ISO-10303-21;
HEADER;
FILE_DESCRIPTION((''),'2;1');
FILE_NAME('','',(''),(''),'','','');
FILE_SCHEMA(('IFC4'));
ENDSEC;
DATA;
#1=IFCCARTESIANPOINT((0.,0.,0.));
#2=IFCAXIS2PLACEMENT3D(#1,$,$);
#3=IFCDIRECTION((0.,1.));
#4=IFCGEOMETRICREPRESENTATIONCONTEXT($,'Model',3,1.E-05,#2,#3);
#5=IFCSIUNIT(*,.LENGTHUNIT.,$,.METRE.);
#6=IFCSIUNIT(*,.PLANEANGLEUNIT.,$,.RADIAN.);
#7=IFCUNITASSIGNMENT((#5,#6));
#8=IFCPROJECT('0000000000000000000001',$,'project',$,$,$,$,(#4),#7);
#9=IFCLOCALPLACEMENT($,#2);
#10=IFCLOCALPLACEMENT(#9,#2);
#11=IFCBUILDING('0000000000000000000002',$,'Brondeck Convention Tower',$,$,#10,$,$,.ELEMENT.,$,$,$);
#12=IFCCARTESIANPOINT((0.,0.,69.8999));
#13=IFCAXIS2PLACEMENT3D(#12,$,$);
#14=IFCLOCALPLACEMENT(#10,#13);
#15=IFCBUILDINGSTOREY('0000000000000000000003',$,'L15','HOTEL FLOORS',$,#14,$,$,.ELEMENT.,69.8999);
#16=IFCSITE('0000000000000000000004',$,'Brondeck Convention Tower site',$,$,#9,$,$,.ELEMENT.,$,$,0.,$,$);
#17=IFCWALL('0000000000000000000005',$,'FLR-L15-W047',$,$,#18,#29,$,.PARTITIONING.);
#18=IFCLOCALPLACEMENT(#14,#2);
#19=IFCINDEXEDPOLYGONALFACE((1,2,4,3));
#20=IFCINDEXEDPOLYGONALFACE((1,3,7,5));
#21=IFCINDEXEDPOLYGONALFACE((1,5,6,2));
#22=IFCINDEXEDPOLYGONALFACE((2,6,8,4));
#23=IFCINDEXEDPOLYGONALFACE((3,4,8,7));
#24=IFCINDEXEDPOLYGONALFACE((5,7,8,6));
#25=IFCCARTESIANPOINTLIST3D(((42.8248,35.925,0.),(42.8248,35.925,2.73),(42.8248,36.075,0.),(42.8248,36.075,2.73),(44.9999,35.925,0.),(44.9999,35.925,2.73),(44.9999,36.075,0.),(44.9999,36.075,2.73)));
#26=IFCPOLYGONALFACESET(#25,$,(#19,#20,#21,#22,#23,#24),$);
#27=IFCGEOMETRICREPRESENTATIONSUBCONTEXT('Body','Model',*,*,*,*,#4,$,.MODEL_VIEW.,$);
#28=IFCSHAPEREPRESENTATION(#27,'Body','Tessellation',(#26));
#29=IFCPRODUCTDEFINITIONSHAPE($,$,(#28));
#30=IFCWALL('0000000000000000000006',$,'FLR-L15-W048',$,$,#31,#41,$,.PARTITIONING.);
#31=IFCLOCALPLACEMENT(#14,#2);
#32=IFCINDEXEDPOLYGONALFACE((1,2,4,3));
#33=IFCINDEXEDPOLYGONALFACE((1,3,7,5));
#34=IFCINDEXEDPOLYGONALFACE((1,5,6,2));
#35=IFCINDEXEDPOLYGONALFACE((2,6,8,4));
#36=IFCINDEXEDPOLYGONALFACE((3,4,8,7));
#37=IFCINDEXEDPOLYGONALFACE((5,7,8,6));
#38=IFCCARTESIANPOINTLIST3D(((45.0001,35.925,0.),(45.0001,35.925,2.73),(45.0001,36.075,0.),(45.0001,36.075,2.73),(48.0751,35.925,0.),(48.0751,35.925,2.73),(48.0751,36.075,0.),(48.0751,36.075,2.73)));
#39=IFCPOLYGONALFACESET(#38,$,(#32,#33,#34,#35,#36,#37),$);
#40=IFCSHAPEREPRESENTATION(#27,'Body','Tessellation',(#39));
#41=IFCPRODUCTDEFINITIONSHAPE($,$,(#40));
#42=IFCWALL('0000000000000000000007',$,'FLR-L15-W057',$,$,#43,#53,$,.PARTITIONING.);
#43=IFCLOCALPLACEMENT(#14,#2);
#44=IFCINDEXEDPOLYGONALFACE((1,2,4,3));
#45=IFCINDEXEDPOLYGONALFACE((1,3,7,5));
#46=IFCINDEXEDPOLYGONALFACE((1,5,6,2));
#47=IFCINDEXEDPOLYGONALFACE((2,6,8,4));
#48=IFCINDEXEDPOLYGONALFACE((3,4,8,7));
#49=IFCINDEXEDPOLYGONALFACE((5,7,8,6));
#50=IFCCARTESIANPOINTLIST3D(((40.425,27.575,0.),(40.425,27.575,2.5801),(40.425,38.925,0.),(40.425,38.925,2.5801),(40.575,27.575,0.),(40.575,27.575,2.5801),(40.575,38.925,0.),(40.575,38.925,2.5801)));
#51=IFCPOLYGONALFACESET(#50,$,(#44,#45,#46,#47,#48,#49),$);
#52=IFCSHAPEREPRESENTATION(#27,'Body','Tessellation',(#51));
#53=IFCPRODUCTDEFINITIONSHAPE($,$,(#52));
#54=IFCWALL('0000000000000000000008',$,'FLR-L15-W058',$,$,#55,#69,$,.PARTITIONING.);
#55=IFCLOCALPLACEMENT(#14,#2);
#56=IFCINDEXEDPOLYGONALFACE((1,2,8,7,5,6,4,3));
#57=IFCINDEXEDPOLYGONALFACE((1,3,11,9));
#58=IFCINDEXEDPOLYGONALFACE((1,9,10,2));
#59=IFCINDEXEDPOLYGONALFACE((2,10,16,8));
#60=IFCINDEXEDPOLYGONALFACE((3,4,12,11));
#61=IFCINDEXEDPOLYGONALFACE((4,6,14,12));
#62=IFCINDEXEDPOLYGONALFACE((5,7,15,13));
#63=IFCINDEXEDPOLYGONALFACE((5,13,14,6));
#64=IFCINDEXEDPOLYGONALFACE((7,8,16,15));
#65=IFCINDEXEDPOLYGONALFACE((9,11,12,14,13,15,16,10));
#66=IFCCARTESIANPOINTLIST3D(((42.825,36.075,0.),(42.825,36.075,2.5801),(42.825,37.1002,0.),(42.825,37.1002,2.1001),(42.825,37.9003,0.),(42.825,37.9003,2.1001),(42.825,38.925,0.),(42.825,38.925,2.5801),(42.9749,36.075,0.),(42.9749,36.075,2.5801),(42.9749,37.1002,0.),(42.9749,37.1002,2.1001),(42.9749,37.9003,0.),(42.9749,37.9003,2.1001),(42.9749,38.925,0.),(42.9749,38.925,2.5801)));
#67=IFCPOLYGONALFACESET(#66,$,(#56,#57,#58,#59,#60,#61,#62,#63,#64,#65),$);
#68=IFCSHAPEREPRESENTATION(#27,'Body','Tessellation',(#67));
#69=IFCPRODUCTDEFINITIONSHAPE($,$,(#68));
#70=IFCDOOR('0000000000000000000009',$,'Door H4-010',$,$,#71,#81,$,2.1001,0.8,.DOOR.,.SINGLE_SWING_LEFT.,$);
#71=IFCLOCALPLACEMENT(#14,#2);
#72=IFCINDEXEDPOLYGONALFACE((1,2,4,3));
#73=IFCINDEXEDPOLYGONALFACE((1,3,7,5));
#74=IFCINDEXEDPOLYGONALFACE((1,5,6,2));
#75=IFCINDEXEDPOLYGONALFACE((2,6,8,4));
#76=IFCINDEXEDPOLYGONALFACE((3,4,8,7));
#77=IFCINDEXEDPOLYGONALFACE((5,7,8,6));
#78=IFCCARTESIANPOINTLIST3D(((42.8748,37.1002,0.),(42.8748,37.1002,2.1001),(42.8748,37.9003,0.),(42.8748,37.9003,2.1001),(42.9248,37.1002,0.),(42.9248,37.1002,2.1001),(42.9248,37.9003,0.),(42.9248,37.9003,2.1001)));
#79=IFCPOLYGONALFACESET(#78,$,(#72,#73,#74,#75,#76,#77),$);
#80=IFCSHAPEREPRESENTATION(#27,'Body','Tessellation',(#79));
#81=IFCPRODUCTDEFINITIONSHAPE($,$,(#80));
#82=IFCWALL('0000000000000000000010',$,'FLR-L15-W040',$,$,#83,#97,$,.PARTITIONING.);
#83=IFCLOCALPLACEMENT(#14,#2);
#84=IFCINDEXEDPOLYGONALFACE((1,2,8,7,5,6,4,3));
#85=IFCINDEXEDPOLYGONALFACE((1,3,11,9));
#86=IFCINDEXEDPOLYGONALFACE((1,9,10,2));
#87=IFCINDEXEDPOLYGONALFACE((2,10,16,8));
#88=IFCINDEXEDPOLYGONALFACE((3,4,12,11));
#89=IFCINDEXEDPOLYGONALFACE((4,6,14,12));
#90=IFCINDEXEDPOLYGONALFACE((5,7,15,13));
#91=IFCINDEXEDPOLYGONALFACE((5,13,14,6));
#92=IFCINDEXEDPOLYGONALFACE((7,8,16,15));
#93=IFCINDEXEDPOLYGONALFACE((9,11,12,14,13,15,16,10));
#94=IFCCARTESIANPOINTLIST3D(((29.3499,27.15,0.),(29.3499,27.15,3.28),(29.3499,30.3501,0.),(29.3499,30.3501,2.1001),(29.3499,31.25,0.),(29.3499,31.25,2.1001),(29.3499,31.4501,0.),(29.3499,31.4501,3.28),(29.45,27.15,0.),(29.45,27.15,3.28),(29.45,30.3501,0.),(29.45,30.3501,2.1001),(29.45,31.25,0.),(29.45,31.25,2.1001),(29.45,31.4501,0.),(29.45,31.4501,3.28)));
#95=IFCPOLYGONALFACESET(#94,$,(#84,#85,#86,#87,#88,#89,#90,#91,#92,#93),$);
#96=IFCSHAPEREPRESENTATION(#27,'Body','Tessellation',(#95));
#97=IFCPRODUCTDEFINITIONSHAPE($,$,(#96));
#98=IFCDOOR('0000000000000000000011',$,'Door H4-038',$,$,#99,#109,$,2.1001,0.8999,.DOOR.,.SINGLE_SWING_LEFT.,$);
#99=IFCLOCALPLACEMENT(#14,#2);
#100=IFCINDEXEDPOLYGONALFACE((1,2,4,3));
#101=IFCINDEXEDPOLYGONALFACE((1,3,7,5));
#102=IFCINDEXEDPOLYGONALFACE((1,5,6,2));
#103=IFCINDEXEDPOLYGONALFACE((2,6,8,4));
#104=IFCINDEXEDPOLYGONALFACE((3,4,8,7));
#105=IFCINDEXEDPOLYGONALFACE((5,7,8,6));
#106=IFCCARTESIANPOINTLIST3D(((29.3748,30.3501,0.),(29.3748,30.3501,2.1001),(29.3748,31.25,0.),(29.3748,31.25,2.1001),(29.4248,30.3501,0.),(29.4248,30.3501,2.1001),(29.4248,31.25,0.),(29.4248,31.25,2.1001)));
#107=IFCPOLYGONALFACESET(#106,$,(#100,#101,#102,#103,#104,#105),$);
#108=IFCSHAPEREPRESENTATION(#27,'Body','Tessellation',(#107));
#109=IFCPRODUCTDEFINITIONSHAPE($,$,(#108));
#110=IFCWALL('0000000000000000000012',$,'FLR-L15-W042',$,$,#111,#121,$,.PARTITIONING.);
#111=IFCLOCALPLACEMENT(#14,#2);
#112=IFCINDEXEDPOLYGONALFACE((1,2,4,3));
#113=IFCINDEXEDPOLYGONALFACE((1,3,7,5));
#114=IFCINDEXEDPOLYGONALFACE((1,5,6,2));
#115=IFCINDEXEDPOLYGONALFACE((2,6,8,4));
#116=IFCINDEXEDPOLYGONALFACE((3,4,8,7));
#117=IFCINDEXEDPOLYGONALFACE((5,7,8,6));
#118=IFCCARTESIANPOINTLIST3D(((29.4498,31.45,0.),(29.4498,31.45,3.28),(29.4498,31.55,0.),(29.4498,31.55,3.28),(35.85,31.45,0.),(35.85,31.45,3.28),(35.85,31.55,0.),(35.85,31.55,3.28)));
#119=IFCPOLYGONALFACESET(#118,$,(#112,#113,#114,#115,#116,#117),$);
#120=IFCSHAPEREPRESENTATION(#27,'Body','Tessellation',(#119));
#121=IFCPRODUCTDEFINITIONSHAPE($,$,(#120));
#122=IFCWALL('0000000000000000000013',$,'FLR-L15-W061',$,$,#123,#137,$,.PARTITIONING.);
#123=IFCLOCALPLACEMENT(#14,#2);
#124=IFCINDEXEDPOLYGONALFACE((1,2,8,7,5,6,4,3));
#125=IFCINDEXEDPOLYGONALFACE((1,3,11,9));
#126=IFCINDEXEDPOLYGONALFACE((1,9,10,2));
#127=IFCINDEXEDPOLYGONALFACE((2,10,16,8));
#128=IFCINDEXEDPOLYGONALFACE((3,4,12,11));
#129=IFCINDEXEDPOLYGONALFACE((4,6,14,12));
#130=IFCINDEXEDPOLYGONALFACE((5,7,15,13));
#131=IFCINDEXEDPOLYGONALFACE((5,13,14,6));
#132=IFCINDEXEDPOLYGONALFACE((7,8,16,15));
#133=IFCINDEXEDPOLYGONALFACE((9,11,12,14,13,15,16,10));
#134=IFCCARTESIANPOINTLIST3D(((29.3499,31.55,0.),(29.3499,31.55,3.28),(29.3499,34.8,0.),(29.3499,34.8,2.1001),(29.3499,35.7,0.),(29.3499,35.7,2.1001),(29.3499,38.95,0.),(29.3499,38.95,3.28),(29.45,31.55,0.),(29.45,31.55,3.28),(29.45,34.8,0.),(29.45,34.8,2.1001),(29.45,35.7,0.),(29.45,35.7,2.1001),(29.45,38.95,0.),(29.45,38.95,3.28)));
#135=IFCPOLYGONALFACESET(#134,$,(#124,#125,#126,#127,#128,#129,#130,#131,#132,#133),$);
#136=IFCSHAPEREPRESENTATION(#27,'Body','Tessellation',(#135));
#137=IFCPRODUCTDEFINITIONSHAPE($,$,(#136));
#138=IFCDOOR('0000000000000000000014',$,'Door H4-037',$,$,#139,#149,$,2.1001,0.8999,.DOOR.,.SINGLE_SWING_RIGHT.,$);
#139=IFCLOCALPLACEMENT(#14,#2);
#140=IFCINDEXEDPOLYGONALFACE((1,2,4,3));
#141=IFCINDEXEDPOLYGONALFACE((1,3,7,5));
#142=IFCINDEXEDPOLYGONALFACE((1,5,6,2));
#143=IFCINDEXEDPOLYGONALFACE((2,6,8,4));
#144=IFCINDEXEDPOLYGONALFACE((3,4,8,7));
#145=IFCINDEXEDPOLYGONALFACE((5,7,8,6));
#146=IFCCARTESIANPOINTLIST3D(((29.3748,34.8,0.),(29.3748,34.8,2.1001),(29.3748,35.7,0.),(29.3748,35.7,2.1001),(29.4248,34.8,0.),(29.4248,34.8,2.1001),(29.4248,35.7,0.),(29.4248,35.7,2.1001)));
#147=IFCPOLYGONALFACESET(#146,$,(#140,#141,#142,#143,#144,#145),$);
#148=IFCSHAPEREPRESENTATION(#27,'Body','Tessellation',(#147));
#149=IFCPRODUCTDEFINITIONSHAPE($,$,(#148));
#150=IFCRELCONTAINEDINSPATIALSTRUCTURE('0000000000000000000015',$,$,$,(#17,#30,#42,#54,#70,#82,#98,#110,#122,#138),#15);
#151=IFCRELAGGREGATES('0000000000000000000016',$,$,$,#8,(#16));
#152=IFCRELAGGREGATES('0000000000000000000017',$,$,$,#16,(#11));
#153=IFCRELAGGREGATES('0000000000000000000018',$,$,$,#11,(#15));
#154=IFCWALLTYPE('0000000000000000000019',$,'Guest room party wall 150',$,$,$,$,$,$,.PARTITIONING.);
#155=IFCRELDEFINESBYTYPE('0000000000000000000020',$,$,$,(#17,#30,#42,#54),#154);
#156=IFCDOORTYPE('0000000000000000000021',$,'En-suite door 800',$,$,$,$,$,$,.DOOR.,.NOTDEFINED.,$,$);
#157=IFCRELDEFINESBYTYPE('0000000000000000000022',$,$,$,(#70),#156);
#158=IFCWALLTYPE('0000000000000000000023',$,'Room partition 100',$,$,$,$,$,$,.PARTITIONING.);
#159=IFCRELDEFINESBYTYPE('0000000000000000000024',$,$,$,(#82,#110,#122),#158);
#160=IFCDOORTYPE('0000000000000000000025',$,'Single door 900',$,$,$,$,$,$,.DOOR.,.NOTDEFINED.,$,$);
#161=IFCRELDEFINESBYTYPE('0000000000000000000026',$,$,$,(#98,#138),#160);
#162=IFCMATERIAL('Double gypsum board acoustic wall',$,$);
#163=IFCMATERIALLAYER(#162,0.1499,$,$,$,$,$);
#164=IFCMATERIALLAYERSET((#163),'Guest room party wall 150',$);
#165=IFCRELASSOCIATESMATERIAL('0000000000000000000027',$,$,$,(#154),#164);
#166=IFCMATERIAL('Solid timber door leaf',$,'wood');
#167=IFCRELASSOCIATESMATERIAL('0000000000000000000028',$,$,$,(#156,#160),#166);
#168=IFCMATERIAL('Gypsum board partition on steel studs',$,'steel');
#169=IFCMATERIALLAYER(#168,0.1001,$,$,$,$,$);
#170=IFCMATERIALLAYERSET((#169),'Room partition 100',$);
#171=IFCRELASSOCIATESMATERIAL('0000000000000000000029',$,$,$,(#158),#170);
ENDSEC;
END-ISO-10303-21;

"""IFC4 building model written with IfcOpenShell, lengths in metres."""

from ifc_helpers import new_model, si_unit, direction, frame, frame_2d, origin, place, context, subcontext, project, spatial, rectangle, extrude, material, layer, layer_set, type_object, element, fill, save


model = new_model("IFC4")

# Units and contexts
model_context = context("Model", 3, precision=1e-05, world=origin(), true_north=direction((0.0, 1.0)))
body_context = subcontext(model_context, "Body", "Model", "MODEL_VIEW")
ifc_project = project(units=[si_unit("LENGTHUNIT", "METRE"), si_unit("PLANEANGLEUNIT", "RADIAN")], contexts=[model_context])

# Site, building, storey
site_placement = place(None, origin())
site = spatial("IfcSite", under=ifc_project, at=site_placement, Name="Brondeck Convention Tower site", CompositionType="ELEMENT", RefElevation=0.0)
building_placement = place(site_placement, origin())
building = spatial("IfcBuilding", under=site, at=building_placement, Name="Brondeck Convention Tower", CompositionType="ELEMENT")
storey_placement = place(building_placement, frame((0.0, 0.0, 69.8999)))
storey = spatial("IfcBuildingStorey", under=building, at=storey_placement, Name="L15", Description="HOTEL FLOORS", CompositionType="ELEMENT", Elevation=69.8999)

# Walls
ifc_material_1 = material(Name="Double gypsum board acoustic wall")
ifc_layer_1 = layer(ifc_material_1, 0.1499)
ifc_layer_set_1 = layer_set([ifc_layer_1], Name="Guest room party wall 150")
wall_type_1 = type_object("IfcWallType", Name="Guest room party wall 150", PredefinedType="PARTITIONING", material=ifc_layer_set_1)
wall_1_placement = place(storey_placement, frame((42.825, 36.0, 0.0), z_axis=(0.0, 0.0, 1.0), x_axis=(1.0, 0.0, 0.0)))
element("IfcWall", 1, at=wall_1_placement, inside=storey, type_object=wall_type_1, Name="FLR-L15-W047", PredefinedType="PARTITIONING", context=body_context, shape_type="SweptSolid", body=[
    extrude(rectangle(XDim=2.175, YDim=0.1499, at=frame_2d((1.0874, 0.0))), origin(), (0.0, 0.0, 1.0), 2.73),
])
wall_2_placement = place(storey_placement, frame((45.0, 36.0, 0.0), z_axis=(0.0, 0.0, 1.0), x_axis=(1.0, 0.0, 0.0)))
element("IfcWall", 2, at=wall_2_placement, inside=storey, type_object=wall_type_1, Name="FLR-L15-W048", PredefinedType="PARTITIONING", context=body_context, shape_type="SweptSolid", body=[
    extrude(rectangle(XDim=3.075, YDim=0.1499, at=frame_2d((1.5376, 0.0))), origin(), (0.0, 0.0, 1.0), 2.73),
])
wall_3_placement = place(storey_placement, frame((40.5, 38.925, 0.0), z_axis=(0.0, 0.0, 1.0), x_axis=(0.0, -1.0, 0.0)))
element("IfcWall", 3, at=wall_3_placement, inside=storey, type_object=wall_type_1, Name="FLR-L15-W057", PredefinedType="PARTITIONING", context=body_context, shape_type="SweptSolid", body=[
    extrude(rectangle(XDim=11.3501, YDim=0.1499, at=frame_2d((5.675, 0.0))), origin(), (0.0, 0.0, 1.0), 2.5801),
])

# Walls, openings, doors
wall_4_placement = place(storey_placement, frame((42.8999, 38.925, 0.0), z_axis=(0.0, 0.0, 1.0), x_axis=(0.0, -1.0, 0.0)))
wall_4 = element("IfcWall", 4, at=wall_4_placement, inside=storey, type_object=wall_type_1, Name="FLR-L15-W058", PredefinedType="PARTITIONING", context=body_context, shape_type="SweptSolid", body=[
    extrude(rectangle(XDim=2.8501, YDim=0.1499, at=frame_2d((1.425, 0.0))), origin(), (0.0, 0.0, 1.0), 2.5801),
])
opening_1_placement = place(wall_4_placement, frame((1.0249, 0.0, 0.0)))
opening_1 = element("IfcOpeningElement", 5, at=opening_1_placement, cuts=wall_4, PredefinedType="OPENING", context=body_context, shape_type="SweptSolid", body=[
    extrude(rectangle(XDim=0.8, YDim=2.1001, at=frame_2d((0.3999, 1.05))), frame((0.0, 0.085, 0.0), z_axis=(0.0, -1.0, 0.0), x_axis=(1.0, 0.0, 0.0)), (0.0, 0.0, 1.0), 0.1699),
])
ifc_material_2 = material(Name="Solid timber door leaf", Category="wood")
door_type_1 = type_object("IfcDoorType", Name="En-suite door 800", OperationType="NOTDEFINED", PredefinedType="DOOR", material=ifc_material_2)
door_1_placement = place(opening_1_placement, origin())
door_1 = element("IfcDoor", 6, at=door_1_placement, inside=storey, type_object=door_type_1, Name="Door H4-010", OperationType="SINGLE_SWING_LEFT", OverallHeight=2.1001, OverallWidth=0.8, PredefinedType="DOOR", context=body_context, shape_type="SweptSolid", body=[
    extrude(rectangle(XDim=0.8, YDim=2.1001, at=frame_2d((0.3999, 1.05))), frame((0.0, 0.0249, 0.0), z_axis=(0.0, -1.0, 0.0), x_axis=(1.0, 0.0, 0.0)), (0.0, 0.0, 1.0), 0.05),
])
fill(opening_1, door_1)
ifc_material_3 = material(Name="Gypsum board partition on steel studs", Category="steel")
ifc_layer_2 = layer(ifc_material_3, 0.1001)
ifc_layer_set_2 = layer_set([ifc_layer_2], Name="Room partition 100")
wall_type_2 = type_object("IfcWallType", Name="Room partition 100", PredefinedType="PARTITIONING", material=ifc_layer_set_2)
wall_5_placement = place(storey_placement, frame((29.3999, 31.45, 0.0), z_axis=(0.0, 0.0, 1.0), x_axis=(0.0, -1.0, 0.0)))
wall_5 = element("IfcWall", 7, at=wall_5_placement, inside=storey, type_object=wall_type_2, Name="FLR-L15-W040", PredefinedType="PARTITIONING", context=body_context, shape_type="SweptSolid", body=[
    extrude(rectangle(XDim=4.3, YDim=0.1001, at=frame_2d((2.1499, 0.0))), origin(), (0.0, 0.0, 1.0), 3.28),
])
opening_2_placement = place(wall_5_placement, frame((0.2, 0.0, 0.0)))
opening_2 = element("IfcOpeningElement", 8, at=opening_2_placement, cuts=wall_5, PredefinedType="OPENING", context=body_context, shape_type="SweptSolid", body=[
    extrude(rectangle(XDim=0.8999, YDim=2.1001, at=frame_2d((0.45, 1.05))), frame((0.0, 0.0601, 0.0), z_axis=(0.0, -1.0, 0.0), x_axis=(1.0, 0.0, 0.0)), (0.0, 0.0, 1.0), 0.1201),
])
door_type_2 = type_object("IfcDoorType", Name="Single door 900", OperationType="NOTDEFINED", PredefinedType="DOOR", material=ifc_material_2)
door_2_placement = place(opening_2_placement, origin())
door_2 = element("IfcDoor", 9, at=door_2_placement, inside=storey, type_object=door_type_2, Name="Door H4-038", OperationType="SINGLE_SWING_LEFT", OverallHeight=2.1001, OverallWidth=0.8999, PredefinedType="DOOR", context=body_context, shape_type="SweptSolid", body=[
    extrude(rectangle(XDim=0.8999, YDim=2.1001, at=frame_2d((0.45, 1.05))), frame((0.0, 0.0249, 0.0), z_axis=(0.0, -1.0, 0.0), x_axis=(1.0, 0.0, 0.0)), (0.0, 0.0, 1.0), 0.05),
])
fill(opening_2, door_2)

# Wall
wall_6_placement = place(storey_placement, frame((35.8501, 31.5, 0.0), z_axis=(0.0, 0.0, 1.0), x_axis=(-1.0, 0.0, 0.0)))
element("IfcWall", 10, at=wall_6_placement, inside=storey, type_object=wall_type_2, Name="FLR-L15-W042", PredefinedType="PARTITIONING", context=body_context, shape_type="SweptSolid", body=[
    extrude(rectangle(XDim=6.4001, YDim=0.1001, at=frame_2d((3.2002, 0.0))), origin(), (0.0, 0.0, 1.0), 3.28),
])

# Wall, opening, door
wall_7_placement = place(storey_placement, frame((29.3999, 38.95, 0.0), z_axis=(0.0, 0.0, 1.0), x_axis=(0.0, -1.0, 0.0)))
wall_7 = element("IfcWall", 11, at=wall_7_placement, inside=storey, type_object=wall_type_2, Name="FLR-L15-W061", PredefinedType="PARTITIONING", context=body_context, shape_type="SweptSolid", body=[
    extrude(rectangle(XDim=7.3999, YDim=0.1001, at=frame_2d((3.7, 0.0))), origin(), (0.0, 0.0, 1.0), 3.28),
])
opening_3_placement = place(wall_7_placement, frame((3.25, 0.0, 0.0)))
opening_3 = element("IfcOpeningElement", 12, at=opening_3_placement, cuts=wall_7, PredefinedType="OPENING", context=body_context, shape_type="SweptSolid", body=[
    extrude(rectangle(XDim=0.8999, YDim=2.1001, at=frame_2d((0.45, 1.05))), frame((0.0, 0.0601, 0.0), z_axis=(0.0, -1.0, 0.0), x_axis=(1.0, 0.0, 0.0)), (0.0, 0.0, 1.0), 0.1201),
])
door_3_placement = place(opening_3_placement, origin())
door_3 = element("IfcDoor", 13, at=door_3_placement, inside=storey, type_object=door_type_2, Name="Door H4-037", OperationType="SINGLE_SWING_RIGHT", OverallHeight=2.1001, OverallWidth=0.8999, PredefinedType="DOOR", context=body_context, shape_type="SweptSolid", body=[
    extrude(rectangle(XDim=0.8999, YDim=2.1001, at=frame_2d((0.45, 1.05))), frame((0.0, 0.0249, 0.0), z_axis=(0.0, -1.0, 0.0), x_axis=(1.0, 0.0, 0.0)), (0.0, 0.0, 1.0), 0.05),
])
fill(opening_3, door_3)

save(model, "model.ifc")
